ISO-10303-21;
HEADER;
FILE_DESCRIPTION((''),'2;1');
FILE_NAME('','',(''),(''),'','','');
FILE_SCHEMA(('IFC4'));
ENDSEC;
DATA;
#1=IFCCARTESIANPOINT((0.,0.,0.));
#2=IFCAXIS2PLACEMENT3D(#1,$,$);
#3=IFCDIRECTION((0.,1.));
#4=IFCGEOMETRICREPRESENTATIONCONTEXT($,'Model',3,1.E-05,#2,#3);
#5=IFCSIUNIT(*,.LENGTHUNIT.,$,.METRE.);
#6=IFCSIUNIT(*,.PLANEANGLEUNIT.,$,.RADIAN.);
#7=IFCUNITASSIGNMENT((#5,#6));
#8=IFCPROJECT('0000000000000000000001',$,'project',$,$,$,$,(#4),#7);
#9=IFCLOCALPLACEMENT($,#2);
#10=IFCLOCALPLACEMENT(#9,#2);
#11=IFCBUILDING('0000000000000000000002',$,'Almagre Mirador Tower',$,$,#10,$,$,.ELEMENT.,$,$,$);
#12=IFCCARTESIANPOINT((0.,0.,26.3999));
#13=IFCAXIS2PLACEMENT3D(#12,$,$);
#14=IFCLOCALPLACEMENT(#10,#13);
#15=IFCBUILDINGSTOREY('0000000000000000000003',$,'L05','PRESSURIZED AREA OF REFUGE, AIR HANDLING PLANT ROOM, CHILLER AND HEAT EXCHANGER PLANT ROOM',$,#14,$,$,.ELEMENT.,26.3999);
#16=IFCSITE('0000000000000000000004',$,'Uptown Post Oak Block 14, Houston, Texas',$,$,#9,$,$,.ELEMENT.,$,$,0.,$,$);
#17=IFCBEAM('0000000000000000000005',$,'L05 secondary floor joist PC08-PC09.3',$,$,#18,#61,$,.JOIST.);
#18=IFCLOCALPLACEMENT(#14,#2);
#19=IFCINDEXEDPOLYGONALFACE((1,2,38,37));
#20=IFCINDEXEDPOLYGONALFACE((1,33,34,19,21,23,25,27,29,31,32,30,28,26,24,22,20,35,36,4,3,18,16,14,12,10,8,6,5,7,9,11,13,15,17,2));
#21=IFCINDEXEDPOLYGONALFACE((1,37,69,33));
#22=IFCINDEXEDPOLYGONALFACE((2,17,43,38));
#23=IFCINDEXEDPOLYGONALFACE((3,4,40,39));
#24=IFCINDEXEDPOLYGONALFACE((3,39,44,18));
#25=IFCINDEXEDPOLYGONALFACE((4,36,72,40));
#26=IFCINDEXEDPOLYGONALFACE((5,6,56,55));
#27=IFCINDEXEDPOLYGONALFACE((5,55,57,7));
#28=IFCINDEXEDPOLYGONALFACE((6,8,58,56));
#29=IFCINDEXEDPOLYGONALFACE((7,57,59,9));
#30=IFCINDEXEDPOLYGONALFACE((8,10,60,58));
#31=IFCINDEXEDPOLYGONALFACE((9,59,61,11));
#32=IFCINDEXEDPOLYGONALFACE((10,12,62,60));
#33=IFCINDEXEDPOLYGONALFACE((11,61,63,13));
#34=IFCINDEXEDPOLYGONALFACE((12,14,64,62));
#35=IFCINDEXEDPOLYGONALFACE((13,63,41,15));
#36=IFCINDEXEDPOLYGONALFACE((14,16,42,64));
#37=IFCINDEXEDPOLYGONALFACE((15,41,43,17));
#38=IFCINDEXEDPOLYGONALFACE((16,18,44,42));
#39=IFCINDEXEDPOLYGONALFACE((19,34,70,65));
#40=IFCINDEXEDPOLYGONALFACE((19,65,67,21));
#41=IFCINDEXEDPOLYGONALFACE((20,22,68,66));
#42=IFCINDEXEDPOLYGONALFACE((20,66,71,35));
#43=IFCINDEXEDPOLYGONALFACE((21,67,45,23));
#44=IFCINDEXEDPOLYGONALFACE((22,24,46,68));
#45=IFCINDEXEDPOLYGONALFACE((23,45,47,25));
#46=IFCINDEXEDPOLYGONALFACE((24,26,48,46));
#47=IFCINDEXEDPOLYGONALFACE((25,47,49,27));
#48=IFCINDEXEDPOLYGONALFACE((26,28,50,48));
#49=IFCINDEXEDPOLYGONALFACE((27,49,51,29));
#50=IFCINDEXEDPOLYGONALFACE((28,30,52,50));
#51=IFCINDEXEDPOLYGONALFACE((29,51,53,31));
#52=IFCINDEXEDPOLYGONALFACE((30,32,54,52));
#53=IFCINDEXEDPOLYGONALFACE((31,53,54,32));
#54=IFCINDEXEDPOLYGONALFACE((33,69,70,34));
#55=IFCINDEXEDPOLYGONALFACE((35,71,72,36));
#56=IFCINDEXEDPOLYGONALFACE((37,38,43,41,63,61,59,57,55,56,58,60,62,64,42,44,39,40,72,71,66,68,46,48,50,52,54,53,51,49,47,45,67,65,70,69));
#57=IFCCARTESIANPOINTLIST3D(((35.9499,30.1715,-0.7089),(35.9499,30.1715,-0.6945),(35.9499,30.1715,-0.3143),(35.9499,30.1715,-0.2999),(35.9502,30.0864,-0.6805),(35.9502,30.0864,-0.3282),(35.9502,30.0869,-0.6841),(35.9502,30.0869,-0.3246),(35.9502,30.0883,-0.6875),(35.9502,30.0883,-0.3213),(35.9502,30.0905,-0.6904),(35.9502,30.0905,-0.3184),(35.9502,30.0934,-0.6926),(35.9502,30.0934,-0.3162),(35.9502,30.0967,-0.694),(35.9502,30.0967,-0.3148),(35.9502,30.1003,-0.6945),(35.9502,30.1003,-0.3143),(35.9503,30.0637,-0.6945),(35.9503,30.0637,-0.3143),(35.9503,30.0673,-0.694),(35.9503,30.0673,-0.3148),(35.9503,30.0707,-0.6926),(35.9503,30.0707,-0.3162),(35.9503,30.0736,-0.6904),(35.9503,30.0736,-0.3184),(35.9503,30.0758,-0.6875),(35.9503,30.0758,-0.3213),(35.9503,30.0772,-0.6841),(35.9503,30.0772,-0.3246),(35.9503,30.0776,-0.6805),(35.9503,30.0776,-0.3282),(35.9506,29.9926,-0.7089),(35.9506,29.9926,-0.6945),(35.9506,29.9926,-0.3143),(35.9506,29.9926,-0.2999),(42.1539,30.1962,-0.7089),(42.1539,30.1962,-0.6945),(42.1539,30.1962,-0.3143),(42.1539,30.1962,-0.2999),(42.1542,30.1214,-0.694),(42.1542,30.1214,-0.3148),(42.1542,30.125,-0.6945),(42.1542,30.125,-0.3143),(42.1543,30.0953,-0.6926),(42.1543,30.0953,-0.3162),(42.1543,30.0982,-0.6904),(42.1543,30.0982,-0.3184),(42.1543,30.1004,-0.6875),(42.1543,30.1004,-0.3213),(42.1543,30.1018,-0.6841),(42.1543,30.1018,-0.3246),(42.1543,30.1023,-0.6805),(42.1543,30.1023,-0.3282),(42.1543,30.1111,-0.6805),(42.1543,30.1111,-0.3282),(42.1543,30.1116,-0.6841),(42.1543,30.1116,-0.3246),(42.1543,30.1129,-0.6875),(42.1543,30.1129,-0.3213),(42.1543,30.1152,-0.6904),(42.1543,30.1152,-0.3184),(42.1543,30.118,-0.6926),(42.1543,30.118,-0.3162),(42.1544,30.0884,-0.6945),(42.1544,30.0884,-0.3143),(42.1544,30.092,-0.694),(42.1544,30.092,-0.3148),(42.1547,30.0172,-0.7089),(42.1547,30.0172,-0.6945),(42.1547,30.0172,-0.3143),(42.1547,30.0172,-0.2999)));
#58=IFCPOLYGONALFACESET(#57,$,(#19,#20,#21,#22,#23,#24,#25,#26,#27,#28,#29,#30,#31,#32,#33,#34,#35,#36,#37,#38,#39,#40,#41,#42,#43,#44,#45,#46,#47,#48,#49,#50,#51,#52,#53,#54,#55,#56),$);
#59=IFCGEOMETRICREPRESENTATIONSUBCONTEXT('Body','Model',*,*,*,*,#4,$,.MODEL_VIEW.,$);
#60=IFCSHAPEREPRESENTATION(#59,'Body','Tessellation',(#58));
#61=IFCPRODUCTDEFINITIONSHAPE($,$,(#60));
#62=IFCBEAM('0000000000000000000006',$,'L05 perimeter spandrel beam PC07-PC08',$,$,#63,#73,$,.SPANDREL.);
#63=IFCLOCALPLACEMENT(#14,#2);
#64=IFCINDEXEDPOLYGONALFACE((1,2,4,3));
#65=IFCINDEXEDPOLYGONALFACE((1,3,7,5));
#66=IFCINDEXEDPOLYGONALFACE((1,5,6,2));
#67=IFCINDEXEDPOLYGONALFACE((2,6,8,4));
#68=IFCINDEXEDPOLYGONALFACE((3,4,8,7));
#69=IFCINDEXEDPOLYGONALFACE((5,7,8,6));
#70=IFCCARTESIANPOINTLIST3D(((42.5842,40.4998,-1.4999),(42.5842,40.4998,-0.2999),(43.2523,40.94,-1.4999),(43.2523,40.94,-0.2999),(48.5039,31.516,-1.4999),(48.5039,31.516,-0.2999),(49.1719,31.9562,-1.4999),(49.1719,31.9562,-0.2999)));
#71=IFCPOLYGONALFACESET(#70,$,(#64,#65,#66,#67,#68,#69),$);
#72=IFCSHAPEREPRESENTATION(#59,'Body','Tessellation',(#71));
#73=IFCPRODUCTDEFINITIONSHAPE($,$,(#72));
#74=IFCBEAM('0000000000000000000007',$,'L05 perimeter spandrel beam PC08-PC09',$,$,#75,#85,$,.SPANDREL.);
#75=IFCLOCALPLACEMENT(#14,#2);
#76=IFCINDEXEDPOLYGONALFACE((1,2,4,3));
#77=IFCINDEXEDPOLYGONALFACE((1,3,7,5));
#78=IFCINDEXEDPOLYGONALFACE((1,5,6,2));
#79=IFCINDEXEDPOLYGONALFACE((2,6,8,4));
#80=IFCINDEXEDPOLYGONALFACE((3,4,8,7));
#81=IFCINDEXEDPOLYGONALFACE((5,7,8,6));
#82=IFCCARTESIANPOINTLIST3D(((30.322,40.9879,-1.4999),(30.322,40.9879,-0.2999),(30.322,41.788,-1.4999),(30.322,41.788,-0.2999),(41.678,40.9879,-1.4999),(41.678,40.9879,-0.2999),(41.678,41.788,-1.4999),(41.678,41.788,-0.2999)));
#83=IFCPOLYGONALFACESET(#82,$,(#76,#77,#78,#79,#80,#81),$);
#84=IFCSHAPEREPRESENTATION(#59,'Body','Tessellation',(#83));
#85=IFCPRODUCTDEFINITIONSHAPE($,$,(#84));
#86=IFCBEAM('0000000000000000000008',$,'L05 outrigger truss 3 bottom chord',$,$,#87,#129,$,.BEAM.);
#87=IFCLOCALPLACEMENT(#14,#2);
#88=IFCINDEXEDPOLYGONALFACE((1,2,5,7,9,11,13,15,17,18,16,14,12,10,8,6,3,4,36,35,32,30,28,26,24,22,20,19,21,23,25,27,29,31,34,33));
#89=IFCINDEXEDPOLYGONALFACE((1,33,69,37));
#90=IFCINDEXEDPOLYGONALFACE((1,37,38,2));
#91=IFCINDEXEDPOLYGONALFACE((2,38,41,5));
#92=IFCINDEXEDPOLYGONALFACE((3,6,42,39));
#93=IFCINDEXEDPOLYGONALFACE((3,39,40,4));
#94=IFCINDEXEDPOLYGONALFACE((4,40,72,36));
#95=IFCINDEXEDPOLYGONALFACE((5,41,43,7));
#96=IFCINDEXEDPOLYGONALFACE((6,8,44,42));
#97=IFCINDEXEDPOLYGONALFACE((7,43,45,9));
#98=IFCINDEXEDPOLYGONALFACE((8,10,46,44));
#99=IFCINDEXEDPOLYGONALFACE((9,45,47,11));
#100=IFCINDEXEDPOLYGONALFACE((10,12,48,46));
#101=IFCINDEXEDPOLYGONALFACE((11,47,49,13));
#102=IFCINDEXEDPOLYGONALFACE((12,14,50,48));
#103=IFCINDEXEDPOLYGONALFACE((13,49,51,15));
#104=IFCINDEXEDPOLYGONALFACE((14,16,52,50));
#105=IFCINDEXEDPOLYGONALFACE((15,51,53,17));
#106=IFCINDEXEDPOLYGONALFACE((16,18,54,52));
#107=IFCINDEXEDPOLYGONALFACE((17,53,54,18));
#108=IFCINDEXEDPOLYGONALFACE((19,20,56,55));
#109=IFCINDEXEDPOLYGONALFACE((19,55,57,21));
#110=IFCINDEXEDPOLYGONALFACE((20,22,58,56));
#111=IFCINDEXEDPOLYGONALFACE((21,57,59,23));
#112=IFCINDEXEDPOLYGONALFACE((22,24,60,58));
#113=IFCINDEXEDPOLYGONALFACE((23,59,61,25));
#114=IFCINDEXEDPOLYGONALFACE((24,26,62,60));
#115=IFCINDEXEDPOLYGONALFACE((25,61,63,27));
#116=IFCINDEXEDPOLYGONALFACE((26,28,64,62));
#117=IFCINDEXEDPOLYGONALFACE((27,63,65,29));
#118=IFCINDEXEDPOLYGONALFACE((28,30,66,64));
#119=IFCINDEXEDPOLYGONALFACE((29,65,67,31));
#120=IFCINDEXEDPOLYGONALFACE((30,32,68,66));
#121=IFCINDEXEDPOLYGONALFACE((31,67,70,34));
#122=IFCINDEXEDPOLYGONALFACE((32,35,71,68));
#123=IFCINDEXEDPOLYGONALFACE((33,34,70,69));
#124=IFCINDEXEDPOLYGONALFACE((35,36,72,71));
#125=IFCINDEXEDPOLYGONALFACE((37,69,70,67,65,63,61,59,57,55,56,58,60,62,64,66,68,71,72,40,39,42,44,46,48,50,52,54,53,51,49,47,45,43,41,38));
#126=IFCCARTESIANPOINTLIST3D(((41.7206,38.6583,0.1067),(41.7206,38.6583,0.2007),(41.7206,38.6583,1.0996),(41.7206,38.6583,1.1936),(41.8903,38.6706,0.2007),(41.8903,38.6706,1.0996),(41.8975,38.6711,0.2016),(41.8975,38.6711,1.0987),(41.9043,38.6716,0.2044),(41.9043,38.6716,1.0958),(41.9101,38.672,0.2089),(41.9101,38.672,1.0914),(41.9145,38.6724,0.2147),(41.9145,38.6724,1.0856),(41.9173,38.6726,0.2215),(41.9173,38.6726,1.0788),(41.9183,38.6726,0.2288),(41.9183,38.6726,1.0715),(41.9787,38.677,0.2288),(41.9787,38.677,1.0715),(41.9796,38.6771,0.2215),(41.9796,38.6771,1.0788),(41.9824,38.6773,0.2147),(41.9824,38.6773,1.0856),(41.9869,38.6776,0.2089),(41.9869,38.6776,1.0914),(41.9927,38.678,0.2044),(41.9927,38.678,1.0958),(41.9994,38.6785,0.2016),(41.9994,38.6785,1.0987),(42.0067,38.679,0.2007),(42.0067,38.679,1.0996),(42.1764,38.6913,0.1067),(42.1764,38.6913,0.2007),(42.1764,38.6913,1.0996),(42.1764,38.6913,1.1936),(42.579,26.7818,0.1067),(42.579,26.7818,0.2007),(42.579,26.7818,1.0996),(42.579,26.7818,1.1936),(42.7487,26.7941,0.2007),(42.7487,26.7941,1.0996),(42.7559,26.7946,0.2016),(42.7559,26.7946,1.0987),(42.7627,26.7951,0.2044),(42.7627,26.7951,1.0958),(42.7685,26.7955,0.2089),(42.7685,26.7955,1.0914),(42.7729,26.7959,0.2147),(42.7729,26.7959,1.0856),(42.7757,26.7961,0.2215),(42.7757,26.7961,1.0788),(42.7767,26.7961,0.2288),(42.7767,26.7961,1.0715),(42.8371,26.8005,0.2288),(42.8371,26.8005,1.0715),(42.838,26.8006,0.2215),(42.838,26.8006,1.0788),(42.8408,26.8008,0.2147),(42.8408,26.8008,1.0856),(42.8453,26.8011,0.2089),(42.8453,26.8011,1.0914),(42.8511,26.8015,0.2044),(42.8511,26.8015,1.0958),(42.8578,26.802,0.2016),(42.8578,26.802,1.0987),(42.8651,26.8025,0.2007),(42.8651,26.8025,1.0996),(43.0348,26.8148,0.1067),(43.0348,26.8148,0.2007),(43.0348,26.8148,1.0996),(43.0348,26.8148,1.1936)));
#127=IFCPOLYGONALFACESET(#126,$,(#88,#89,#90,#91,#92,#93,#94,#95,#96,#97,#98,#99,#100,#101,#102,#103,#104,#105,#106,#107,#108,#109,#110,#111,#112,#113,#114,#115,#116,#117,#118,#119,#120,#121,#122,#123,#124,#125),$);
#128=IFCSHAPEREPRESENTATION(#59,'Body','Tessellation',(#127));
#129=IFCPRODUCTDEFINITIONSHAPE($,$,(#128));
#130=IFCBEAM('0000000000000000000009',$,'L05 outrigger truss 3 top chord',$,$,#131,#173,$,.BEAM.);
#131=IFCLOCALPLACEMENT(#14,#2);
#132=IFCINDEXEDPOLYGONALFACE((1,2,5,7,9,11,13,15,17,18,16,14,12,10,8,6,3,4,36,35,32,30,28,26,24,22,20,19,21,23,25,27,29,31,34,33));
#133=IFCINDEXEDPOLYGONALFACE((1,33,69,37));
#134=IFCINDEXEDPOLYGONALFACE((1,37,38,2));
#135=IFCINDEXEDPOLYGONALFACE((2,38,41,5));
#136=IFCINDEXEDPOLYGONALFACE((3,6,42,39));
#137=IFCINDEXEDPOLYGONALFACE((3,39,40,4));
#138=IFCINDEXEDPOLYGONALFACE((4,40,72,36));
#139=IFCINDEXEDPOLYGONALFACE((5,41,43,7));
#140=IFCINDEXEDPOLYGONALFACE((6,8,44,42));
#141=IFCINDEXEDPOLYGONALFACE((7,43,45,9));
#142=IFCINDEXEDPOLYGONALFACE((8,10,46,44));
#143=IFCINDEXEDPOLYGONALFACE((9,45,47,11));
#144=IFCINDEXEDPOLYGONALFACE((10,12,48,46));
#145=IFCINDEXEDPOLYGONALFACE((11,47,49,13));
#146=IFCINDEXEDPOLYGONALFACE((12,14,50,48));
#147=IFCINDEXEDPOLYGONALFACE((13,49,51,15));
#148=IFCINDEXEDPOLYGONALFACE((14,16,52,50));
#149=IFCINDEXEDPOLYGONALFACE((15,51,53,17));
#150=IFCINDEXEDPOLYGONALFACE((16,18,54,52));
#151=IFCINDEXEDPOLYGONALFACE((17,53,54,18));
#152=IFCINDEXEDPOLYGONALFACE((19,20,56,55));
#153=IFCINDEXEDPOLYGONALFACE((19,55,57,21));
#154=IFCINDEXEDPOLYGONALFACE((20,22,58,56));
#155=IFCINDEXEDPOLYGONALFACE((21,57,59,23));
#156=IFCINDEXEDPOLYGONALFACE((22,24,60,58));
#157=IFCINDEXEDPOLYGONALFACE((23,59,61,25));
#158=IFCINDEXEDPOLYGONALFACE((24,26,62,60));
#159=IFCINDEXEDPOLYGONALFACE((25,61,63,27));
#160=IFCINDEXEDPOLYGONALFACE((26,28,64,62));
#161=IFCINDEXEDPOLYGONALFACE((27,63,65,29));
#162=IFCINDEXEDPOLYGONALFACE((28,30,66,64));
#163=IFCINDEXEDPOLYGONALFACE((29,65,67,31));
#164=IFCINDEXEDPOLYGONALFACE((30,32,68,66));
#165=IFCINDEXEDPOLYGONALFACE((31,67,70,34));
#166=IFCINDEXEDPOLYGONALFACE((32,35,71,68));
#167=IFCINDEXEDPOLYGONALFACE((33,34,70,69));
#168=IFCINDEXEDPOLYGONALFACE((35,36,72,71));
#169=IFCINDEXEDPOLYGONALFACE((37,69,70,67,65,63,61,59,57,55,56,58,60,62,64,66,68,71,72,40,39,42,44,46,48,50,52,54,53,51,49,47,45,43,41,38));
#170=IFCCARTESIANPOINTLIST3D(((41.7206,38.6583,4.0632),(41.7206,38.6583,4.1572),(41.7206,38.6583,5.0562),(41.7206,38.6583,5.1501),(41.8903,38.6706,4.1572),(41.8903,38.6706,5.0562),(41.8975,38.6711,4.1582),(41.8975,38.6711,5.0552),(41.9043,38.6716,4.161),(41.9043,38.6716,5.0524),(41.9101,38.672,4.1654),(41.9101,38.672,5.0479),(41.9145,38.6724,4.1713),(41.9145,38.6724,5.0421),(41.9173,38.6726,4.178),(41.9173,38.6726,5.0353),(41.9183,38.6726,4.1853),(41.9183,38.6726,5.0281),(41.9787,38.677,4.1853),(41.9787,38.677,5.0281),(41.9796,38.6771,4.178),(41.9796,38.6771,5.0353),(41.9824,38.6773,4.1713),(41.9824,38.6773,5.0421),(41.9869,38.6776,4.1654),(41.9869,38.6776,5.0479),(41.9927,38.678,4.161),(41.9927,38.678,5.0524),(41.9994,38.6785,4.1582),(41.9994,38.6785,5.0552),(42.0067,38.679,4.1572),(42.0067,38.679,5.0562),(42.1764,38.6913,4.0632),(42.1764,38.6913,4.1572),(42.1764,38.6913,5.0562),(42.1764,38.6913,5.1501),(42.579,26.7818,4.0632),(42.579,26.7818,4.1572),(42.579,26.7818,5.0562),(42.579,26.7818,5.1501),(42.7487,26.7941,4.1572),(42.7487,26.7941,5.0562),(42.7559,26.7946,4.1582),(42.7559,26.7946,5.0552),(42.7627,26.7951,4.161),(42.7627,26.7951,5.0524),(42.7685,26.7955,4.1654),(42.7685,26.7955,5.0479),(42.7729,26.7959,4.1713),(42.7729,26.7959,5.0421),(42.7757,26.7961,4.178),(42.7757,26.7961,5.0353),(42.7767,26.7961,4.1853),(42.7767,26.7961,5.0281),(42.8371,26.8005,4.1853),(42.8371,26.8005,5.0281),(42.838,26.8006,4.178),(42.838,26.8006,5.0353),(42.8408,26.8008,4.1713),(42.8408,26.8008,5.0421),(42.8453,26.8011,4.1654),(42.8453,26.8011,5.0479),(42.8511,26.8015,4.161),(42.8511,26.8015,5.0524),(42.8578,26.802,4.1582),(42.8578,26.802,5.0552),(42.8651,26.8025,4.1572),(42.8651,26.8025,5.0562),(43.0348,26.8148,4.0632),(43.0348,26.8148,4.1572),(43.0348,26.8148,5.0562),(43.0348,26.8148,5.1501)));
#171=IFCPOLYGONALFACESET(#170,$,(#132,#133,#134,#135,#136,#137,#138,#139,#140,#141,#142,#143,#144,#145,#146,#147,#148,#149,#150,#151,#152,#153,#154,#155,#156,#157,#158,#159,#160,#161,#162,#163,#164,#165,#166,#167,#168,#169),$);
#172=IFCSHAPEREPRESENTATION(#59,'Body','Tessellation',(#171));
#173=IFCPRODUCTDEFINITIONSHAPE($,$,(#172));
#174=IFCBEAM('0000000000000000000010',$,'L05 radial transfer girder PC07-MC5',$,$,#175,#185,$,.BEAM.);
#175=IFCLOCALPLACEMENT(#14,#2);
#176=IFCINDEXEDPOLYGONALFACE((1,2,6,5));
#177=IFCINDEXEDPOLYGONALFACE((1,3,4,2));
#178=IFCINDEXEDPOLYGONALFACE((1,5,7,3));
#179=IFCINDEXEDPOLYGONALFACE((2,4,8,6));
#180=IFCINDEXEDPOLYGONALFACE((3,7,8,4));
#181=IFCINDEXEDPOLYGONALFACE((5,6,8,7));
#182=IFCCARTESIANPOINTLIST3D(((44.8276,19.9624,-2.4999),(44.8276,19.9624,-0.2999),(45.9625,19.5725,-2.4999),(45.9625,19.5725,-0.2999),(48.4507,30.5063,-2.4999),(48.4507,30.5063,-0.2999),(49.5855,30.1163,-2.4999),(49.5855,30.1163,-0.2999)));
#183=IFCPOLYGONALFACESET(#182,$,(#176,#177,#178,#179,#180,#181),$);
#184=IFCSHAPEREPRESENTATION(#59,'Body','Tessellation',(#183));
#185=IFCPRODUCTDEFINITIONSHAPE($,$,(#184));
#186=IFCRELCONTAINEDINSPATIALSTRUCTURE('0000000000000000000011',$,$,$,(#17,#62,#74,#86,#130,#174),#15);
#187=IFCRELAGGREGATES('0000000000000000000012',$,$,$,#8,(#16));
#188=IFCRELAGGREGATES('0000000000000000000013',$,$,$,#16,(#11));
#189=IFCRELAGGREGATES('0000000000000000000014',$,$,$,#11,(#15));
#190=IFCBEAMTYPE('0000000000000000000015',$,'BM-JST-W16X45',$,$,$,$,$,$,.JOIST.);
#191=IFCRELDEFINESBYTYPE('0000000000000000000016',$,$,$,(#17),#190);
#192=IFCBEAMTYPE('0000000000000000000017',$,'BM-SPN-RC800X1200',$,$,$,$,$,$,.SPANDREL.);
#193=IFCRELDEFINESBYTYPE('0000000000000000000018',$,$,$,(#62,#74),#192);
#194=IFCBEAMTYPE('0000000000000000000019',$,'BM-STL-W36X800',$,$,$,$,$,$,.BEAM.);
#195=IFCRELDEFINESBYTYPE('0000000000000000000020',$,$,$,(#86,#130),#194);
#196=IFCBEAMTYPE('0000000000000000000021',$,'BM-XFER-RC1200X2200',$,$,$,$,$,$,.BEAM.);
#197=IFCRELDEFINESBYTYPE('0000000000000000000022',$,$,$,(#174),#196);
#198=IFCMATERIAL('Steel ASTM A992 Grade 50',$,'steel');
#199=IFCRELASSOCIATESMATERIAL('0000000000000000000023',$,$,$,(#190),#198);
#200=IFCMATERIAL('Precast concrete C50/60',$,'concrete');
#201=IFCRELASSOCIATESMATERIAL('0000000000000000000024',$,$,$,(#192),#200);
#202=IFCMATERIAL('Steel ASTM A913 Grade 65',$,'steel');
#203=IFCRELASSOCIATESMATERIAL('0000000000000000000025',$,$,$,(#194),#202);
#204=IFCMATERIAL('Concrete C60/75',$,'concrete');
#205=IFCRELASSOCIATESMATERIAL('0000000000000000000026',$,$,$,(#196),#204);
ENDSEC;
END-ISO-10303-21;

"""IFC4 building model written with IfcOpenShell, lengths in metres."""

from ifc_helpers import new_model, si_unit, direction, frame, origin, origin_2d, place, context, subcontext, project, spatial, rectangle, i_section, extrude, material, material_profile, profile_set, type_object, element, save


model = new_model("IFC4")

# Units and contexts
model_context = context("Model", 3, precision=1e-05, world=origin(), true_north=direction((0.0, 1.0)))
body_context = subcontext(model_context, "Body", "Model", "MODEL_VIEW")
ifc_project = project(units=[si_unit("LENGTHUNIT", "METRE"), si_unit("PLANEANGLEUNIT", "RADIAN")], contexts=[model_context])

# Site, building, storey
site_placement = place(None, origin())
site = spatial("IfcSite", under=ifc_project, at=site_placement, Name="Uptown Post Oak Block 14, Houston, Texas", CompositionType="ELEMENT", RefElevation=0.0)
building_placement = place(site_placement, origin())
building = spatial("IfcBuilding", under=site, at=building_placement, Name="Almagre Mirador Tower", CompositionType="ELEMENT")
storey_placement = place(building_placement, frame((0.0, 0.0, 26.3999)))
storey = spatial("IfcBuildingStorey", under=building, at=storey_placement, Name="L05", Description="PRESSURIZED AREA OF REFUGE, AIR HANDLING PLANT ROOM, CHILLER AND HEAT EXCHANGER PLANT ROOM", CompositionType="ELEMENT", Elevation=26.3999)

# Beams
ifc_material_1 = material(Name="Steel ASTM A992 Grade 50", Category="steel")
ifc_material_profile_1 = material_profile(ifc_material_1, i_section(OverallWidth=0.179, OverallDepth=0.4089, WebThickness=0.0088, FlangeThickness=0.0144, FilletRadius=0.0139, at=origin_2d()), Name="W16X45")
ifc_profile_set_1 = profile_set([ifc_material_profile_1], Name="Steel ASTM A992 Grade 50")
beam_type_1 = type_object("IfcBeamType", Name="BM-JST-W16X45", PredefinedType="JOIST", material=ifc_profile_set_1)
beam_1_placement = place(storey_placement, frame((42.1543, 30.1067, -0.5044), z_axis=(-0.999992, -0.003974, 0.0), x_axis=(0.003974, -0.999992, 0.0)))
element("IfcBeam", 1, at=beam_1_placement, inside=storey, type_object=beam_type_1, Name="L05 secondary floor joist PC08-PC09.3", PredefinedType="JOIST", context=body_context, shape_type="SweptSolid", body=[
    extrude(i_section(OverallWidth=0.179, OverallDepth=0.4089, WebThickness=0.0088, FlangeThickness=0.0144, FilletRadius=0.0139, at=origin_2d()), origin(), (0.0, 0.0, 1.0), 6.2041),
])
ifc_material_2 = material(Name="Precast concrete C50/60", Category="concrete")
ifc_material_profile_2 = material_profile(ifc_material_2, rectangle(XDim=0.8, YDim=1.2, at=origin_2d()), Name="RC800X1200")
ifc_profile_set_2 = profile_set([ifc_material_profile_2], Name="Precast concrete C50/60")
beam_type_2 = type_object("IfcBeamType", Name="BM-SPN-RC800X1200", PredefinedType="SPANDREL", material=ifc_profile_set_2)
beam_2_placement = place(storey_placement, frame((48.8379, 31.7361, -0.8999), z_axis=(-0.550215, 0.835023, 0.0), x_axis=(-0.835023, -0.550215, 0.0)))
element("IfcBeam", 2, at=beam_2_placement, inside=storey, type_object=beam_type_2, Name="L05 perimeter spandrel beam PC07-PC08", PredefinedType="SPANDREL", context=body_context, shape_type="SweptSolid", body=[
    extrude(rectangle(XDim=0.8, YDim=1.2, at=origin_2d()), origin(), (0.0, 0.0, 1.0), 10.7588),
])
beam_3_placement = place(storey_placement, frame((41.678, 41.3879, -0.8999), z_axis=(-1.0, 0.0, 0.0), x_axis=(0.0, -1.0, 0.0)))
element("IfcBeam", 3, at=beam_3_placement, inside=storey, type_object=beam_type_2, Name="L05 perimeter spandrel beam PC08-PC09", PredefinedType="SPANDREL", context=body_context, shape_type="SweptSolid", body=[
    extrude(rectangle(XDim=0.8, YDim=1.2, at=origin_2d()), origin(), (0.0, 0.0, 1.0), 11.356),
])
ifc_material_3 = material(Name="Steel ASTM A913 Grade 65", Category="steel")
ifc_material_profile_3 = material_profile(ifc_material_3, i_section(OverallWidth=0.457, OverallDepth=1.0869, WebThickness=0.0605, FlangeThickness=0.094, FilletRadius=0.0281, at=origin_2d()), Name="W36X800")
ifc_profile_set_3 = profile_set([ifc_material_profile_3], Name="Steel ASTM A913 Grade 65")
beam_type_3 = type_object("IfcBeamType", Name="BM-STL-W36X800", PredefinedType="BEAM", material=ifc_profile_set_3)
for number, where, z_axis, x_axis, name in (
    (4, (41.9485, 38.6748, 0.6501), (0.072089, -0.997398, 0.0), (0.997398, 0.072089, 0.0), "L05 outrigger truss 3 bottom chord"),
    (5, (41.9485, 38.6748, 4.6067), (0.072089, -0.997398, 0.0), (0.997398, 0.072089, 0.0), "L05 outrigger truss 3 top chord"),
):
    element("IfcBeam", number, at=place(storey_placement, frame(where, z_axis=z_axis, x_axis=x_axis)), inside=storey, type_object=beam_type_3, Name=name, PredefinedType="BEAM", context=body_context, shape_type="SweptSolid", body=[
        extrude(i_section(OverallWidth=0.457, OverallDepth=1.0869, WebThickness=0.0605, FlangeThickness=0.094, FilletRadius=0.0281, at=origin_2d()), origin(), (0.0, 0.0, 1.0), 11.9075),
    ])
ifc_material_4 = material(Name="Concrete C60/75", Category="concrete")
ifc_material_profile_4 = material_profile(ifc_material_4, rectangle(XDim=1.2, YDim=2.2, at=origin_2d()), Name="RC1200X2200")
ifc_profile_set_4 = profile_set([ifc_material_profile_4], Name="Concrete C60/75")
beam_type_4 = type_object("IfcBeamType", Name="BM-XFER-RC1200X2200", PredefinedType="BEAM", material=ifc_profile_set_4)
beam_4_placement = place(storey_placement, frame((49.0181, 30.3113, -1.3999), z_axis=(-0.324965, -0.945726, 0.0), x_axis=(0.945726, -0.324965, 0.0)))
element("IfcBeam", 6, at=beam_4_placement, inside=storey, type_object=beam_type_4, Name="L05 radial transfer girder PC07-MC5", PredefinedType="BEAM", context=body_context, shape_type="SweptSolid", body=[
    extrude(rectangle(XDim=1.2, YDim=2.2, at=origin_2d()), origin(), (0.0, 0.0, 1.0), 11.1489),
])

save(model, "model.ifc")
